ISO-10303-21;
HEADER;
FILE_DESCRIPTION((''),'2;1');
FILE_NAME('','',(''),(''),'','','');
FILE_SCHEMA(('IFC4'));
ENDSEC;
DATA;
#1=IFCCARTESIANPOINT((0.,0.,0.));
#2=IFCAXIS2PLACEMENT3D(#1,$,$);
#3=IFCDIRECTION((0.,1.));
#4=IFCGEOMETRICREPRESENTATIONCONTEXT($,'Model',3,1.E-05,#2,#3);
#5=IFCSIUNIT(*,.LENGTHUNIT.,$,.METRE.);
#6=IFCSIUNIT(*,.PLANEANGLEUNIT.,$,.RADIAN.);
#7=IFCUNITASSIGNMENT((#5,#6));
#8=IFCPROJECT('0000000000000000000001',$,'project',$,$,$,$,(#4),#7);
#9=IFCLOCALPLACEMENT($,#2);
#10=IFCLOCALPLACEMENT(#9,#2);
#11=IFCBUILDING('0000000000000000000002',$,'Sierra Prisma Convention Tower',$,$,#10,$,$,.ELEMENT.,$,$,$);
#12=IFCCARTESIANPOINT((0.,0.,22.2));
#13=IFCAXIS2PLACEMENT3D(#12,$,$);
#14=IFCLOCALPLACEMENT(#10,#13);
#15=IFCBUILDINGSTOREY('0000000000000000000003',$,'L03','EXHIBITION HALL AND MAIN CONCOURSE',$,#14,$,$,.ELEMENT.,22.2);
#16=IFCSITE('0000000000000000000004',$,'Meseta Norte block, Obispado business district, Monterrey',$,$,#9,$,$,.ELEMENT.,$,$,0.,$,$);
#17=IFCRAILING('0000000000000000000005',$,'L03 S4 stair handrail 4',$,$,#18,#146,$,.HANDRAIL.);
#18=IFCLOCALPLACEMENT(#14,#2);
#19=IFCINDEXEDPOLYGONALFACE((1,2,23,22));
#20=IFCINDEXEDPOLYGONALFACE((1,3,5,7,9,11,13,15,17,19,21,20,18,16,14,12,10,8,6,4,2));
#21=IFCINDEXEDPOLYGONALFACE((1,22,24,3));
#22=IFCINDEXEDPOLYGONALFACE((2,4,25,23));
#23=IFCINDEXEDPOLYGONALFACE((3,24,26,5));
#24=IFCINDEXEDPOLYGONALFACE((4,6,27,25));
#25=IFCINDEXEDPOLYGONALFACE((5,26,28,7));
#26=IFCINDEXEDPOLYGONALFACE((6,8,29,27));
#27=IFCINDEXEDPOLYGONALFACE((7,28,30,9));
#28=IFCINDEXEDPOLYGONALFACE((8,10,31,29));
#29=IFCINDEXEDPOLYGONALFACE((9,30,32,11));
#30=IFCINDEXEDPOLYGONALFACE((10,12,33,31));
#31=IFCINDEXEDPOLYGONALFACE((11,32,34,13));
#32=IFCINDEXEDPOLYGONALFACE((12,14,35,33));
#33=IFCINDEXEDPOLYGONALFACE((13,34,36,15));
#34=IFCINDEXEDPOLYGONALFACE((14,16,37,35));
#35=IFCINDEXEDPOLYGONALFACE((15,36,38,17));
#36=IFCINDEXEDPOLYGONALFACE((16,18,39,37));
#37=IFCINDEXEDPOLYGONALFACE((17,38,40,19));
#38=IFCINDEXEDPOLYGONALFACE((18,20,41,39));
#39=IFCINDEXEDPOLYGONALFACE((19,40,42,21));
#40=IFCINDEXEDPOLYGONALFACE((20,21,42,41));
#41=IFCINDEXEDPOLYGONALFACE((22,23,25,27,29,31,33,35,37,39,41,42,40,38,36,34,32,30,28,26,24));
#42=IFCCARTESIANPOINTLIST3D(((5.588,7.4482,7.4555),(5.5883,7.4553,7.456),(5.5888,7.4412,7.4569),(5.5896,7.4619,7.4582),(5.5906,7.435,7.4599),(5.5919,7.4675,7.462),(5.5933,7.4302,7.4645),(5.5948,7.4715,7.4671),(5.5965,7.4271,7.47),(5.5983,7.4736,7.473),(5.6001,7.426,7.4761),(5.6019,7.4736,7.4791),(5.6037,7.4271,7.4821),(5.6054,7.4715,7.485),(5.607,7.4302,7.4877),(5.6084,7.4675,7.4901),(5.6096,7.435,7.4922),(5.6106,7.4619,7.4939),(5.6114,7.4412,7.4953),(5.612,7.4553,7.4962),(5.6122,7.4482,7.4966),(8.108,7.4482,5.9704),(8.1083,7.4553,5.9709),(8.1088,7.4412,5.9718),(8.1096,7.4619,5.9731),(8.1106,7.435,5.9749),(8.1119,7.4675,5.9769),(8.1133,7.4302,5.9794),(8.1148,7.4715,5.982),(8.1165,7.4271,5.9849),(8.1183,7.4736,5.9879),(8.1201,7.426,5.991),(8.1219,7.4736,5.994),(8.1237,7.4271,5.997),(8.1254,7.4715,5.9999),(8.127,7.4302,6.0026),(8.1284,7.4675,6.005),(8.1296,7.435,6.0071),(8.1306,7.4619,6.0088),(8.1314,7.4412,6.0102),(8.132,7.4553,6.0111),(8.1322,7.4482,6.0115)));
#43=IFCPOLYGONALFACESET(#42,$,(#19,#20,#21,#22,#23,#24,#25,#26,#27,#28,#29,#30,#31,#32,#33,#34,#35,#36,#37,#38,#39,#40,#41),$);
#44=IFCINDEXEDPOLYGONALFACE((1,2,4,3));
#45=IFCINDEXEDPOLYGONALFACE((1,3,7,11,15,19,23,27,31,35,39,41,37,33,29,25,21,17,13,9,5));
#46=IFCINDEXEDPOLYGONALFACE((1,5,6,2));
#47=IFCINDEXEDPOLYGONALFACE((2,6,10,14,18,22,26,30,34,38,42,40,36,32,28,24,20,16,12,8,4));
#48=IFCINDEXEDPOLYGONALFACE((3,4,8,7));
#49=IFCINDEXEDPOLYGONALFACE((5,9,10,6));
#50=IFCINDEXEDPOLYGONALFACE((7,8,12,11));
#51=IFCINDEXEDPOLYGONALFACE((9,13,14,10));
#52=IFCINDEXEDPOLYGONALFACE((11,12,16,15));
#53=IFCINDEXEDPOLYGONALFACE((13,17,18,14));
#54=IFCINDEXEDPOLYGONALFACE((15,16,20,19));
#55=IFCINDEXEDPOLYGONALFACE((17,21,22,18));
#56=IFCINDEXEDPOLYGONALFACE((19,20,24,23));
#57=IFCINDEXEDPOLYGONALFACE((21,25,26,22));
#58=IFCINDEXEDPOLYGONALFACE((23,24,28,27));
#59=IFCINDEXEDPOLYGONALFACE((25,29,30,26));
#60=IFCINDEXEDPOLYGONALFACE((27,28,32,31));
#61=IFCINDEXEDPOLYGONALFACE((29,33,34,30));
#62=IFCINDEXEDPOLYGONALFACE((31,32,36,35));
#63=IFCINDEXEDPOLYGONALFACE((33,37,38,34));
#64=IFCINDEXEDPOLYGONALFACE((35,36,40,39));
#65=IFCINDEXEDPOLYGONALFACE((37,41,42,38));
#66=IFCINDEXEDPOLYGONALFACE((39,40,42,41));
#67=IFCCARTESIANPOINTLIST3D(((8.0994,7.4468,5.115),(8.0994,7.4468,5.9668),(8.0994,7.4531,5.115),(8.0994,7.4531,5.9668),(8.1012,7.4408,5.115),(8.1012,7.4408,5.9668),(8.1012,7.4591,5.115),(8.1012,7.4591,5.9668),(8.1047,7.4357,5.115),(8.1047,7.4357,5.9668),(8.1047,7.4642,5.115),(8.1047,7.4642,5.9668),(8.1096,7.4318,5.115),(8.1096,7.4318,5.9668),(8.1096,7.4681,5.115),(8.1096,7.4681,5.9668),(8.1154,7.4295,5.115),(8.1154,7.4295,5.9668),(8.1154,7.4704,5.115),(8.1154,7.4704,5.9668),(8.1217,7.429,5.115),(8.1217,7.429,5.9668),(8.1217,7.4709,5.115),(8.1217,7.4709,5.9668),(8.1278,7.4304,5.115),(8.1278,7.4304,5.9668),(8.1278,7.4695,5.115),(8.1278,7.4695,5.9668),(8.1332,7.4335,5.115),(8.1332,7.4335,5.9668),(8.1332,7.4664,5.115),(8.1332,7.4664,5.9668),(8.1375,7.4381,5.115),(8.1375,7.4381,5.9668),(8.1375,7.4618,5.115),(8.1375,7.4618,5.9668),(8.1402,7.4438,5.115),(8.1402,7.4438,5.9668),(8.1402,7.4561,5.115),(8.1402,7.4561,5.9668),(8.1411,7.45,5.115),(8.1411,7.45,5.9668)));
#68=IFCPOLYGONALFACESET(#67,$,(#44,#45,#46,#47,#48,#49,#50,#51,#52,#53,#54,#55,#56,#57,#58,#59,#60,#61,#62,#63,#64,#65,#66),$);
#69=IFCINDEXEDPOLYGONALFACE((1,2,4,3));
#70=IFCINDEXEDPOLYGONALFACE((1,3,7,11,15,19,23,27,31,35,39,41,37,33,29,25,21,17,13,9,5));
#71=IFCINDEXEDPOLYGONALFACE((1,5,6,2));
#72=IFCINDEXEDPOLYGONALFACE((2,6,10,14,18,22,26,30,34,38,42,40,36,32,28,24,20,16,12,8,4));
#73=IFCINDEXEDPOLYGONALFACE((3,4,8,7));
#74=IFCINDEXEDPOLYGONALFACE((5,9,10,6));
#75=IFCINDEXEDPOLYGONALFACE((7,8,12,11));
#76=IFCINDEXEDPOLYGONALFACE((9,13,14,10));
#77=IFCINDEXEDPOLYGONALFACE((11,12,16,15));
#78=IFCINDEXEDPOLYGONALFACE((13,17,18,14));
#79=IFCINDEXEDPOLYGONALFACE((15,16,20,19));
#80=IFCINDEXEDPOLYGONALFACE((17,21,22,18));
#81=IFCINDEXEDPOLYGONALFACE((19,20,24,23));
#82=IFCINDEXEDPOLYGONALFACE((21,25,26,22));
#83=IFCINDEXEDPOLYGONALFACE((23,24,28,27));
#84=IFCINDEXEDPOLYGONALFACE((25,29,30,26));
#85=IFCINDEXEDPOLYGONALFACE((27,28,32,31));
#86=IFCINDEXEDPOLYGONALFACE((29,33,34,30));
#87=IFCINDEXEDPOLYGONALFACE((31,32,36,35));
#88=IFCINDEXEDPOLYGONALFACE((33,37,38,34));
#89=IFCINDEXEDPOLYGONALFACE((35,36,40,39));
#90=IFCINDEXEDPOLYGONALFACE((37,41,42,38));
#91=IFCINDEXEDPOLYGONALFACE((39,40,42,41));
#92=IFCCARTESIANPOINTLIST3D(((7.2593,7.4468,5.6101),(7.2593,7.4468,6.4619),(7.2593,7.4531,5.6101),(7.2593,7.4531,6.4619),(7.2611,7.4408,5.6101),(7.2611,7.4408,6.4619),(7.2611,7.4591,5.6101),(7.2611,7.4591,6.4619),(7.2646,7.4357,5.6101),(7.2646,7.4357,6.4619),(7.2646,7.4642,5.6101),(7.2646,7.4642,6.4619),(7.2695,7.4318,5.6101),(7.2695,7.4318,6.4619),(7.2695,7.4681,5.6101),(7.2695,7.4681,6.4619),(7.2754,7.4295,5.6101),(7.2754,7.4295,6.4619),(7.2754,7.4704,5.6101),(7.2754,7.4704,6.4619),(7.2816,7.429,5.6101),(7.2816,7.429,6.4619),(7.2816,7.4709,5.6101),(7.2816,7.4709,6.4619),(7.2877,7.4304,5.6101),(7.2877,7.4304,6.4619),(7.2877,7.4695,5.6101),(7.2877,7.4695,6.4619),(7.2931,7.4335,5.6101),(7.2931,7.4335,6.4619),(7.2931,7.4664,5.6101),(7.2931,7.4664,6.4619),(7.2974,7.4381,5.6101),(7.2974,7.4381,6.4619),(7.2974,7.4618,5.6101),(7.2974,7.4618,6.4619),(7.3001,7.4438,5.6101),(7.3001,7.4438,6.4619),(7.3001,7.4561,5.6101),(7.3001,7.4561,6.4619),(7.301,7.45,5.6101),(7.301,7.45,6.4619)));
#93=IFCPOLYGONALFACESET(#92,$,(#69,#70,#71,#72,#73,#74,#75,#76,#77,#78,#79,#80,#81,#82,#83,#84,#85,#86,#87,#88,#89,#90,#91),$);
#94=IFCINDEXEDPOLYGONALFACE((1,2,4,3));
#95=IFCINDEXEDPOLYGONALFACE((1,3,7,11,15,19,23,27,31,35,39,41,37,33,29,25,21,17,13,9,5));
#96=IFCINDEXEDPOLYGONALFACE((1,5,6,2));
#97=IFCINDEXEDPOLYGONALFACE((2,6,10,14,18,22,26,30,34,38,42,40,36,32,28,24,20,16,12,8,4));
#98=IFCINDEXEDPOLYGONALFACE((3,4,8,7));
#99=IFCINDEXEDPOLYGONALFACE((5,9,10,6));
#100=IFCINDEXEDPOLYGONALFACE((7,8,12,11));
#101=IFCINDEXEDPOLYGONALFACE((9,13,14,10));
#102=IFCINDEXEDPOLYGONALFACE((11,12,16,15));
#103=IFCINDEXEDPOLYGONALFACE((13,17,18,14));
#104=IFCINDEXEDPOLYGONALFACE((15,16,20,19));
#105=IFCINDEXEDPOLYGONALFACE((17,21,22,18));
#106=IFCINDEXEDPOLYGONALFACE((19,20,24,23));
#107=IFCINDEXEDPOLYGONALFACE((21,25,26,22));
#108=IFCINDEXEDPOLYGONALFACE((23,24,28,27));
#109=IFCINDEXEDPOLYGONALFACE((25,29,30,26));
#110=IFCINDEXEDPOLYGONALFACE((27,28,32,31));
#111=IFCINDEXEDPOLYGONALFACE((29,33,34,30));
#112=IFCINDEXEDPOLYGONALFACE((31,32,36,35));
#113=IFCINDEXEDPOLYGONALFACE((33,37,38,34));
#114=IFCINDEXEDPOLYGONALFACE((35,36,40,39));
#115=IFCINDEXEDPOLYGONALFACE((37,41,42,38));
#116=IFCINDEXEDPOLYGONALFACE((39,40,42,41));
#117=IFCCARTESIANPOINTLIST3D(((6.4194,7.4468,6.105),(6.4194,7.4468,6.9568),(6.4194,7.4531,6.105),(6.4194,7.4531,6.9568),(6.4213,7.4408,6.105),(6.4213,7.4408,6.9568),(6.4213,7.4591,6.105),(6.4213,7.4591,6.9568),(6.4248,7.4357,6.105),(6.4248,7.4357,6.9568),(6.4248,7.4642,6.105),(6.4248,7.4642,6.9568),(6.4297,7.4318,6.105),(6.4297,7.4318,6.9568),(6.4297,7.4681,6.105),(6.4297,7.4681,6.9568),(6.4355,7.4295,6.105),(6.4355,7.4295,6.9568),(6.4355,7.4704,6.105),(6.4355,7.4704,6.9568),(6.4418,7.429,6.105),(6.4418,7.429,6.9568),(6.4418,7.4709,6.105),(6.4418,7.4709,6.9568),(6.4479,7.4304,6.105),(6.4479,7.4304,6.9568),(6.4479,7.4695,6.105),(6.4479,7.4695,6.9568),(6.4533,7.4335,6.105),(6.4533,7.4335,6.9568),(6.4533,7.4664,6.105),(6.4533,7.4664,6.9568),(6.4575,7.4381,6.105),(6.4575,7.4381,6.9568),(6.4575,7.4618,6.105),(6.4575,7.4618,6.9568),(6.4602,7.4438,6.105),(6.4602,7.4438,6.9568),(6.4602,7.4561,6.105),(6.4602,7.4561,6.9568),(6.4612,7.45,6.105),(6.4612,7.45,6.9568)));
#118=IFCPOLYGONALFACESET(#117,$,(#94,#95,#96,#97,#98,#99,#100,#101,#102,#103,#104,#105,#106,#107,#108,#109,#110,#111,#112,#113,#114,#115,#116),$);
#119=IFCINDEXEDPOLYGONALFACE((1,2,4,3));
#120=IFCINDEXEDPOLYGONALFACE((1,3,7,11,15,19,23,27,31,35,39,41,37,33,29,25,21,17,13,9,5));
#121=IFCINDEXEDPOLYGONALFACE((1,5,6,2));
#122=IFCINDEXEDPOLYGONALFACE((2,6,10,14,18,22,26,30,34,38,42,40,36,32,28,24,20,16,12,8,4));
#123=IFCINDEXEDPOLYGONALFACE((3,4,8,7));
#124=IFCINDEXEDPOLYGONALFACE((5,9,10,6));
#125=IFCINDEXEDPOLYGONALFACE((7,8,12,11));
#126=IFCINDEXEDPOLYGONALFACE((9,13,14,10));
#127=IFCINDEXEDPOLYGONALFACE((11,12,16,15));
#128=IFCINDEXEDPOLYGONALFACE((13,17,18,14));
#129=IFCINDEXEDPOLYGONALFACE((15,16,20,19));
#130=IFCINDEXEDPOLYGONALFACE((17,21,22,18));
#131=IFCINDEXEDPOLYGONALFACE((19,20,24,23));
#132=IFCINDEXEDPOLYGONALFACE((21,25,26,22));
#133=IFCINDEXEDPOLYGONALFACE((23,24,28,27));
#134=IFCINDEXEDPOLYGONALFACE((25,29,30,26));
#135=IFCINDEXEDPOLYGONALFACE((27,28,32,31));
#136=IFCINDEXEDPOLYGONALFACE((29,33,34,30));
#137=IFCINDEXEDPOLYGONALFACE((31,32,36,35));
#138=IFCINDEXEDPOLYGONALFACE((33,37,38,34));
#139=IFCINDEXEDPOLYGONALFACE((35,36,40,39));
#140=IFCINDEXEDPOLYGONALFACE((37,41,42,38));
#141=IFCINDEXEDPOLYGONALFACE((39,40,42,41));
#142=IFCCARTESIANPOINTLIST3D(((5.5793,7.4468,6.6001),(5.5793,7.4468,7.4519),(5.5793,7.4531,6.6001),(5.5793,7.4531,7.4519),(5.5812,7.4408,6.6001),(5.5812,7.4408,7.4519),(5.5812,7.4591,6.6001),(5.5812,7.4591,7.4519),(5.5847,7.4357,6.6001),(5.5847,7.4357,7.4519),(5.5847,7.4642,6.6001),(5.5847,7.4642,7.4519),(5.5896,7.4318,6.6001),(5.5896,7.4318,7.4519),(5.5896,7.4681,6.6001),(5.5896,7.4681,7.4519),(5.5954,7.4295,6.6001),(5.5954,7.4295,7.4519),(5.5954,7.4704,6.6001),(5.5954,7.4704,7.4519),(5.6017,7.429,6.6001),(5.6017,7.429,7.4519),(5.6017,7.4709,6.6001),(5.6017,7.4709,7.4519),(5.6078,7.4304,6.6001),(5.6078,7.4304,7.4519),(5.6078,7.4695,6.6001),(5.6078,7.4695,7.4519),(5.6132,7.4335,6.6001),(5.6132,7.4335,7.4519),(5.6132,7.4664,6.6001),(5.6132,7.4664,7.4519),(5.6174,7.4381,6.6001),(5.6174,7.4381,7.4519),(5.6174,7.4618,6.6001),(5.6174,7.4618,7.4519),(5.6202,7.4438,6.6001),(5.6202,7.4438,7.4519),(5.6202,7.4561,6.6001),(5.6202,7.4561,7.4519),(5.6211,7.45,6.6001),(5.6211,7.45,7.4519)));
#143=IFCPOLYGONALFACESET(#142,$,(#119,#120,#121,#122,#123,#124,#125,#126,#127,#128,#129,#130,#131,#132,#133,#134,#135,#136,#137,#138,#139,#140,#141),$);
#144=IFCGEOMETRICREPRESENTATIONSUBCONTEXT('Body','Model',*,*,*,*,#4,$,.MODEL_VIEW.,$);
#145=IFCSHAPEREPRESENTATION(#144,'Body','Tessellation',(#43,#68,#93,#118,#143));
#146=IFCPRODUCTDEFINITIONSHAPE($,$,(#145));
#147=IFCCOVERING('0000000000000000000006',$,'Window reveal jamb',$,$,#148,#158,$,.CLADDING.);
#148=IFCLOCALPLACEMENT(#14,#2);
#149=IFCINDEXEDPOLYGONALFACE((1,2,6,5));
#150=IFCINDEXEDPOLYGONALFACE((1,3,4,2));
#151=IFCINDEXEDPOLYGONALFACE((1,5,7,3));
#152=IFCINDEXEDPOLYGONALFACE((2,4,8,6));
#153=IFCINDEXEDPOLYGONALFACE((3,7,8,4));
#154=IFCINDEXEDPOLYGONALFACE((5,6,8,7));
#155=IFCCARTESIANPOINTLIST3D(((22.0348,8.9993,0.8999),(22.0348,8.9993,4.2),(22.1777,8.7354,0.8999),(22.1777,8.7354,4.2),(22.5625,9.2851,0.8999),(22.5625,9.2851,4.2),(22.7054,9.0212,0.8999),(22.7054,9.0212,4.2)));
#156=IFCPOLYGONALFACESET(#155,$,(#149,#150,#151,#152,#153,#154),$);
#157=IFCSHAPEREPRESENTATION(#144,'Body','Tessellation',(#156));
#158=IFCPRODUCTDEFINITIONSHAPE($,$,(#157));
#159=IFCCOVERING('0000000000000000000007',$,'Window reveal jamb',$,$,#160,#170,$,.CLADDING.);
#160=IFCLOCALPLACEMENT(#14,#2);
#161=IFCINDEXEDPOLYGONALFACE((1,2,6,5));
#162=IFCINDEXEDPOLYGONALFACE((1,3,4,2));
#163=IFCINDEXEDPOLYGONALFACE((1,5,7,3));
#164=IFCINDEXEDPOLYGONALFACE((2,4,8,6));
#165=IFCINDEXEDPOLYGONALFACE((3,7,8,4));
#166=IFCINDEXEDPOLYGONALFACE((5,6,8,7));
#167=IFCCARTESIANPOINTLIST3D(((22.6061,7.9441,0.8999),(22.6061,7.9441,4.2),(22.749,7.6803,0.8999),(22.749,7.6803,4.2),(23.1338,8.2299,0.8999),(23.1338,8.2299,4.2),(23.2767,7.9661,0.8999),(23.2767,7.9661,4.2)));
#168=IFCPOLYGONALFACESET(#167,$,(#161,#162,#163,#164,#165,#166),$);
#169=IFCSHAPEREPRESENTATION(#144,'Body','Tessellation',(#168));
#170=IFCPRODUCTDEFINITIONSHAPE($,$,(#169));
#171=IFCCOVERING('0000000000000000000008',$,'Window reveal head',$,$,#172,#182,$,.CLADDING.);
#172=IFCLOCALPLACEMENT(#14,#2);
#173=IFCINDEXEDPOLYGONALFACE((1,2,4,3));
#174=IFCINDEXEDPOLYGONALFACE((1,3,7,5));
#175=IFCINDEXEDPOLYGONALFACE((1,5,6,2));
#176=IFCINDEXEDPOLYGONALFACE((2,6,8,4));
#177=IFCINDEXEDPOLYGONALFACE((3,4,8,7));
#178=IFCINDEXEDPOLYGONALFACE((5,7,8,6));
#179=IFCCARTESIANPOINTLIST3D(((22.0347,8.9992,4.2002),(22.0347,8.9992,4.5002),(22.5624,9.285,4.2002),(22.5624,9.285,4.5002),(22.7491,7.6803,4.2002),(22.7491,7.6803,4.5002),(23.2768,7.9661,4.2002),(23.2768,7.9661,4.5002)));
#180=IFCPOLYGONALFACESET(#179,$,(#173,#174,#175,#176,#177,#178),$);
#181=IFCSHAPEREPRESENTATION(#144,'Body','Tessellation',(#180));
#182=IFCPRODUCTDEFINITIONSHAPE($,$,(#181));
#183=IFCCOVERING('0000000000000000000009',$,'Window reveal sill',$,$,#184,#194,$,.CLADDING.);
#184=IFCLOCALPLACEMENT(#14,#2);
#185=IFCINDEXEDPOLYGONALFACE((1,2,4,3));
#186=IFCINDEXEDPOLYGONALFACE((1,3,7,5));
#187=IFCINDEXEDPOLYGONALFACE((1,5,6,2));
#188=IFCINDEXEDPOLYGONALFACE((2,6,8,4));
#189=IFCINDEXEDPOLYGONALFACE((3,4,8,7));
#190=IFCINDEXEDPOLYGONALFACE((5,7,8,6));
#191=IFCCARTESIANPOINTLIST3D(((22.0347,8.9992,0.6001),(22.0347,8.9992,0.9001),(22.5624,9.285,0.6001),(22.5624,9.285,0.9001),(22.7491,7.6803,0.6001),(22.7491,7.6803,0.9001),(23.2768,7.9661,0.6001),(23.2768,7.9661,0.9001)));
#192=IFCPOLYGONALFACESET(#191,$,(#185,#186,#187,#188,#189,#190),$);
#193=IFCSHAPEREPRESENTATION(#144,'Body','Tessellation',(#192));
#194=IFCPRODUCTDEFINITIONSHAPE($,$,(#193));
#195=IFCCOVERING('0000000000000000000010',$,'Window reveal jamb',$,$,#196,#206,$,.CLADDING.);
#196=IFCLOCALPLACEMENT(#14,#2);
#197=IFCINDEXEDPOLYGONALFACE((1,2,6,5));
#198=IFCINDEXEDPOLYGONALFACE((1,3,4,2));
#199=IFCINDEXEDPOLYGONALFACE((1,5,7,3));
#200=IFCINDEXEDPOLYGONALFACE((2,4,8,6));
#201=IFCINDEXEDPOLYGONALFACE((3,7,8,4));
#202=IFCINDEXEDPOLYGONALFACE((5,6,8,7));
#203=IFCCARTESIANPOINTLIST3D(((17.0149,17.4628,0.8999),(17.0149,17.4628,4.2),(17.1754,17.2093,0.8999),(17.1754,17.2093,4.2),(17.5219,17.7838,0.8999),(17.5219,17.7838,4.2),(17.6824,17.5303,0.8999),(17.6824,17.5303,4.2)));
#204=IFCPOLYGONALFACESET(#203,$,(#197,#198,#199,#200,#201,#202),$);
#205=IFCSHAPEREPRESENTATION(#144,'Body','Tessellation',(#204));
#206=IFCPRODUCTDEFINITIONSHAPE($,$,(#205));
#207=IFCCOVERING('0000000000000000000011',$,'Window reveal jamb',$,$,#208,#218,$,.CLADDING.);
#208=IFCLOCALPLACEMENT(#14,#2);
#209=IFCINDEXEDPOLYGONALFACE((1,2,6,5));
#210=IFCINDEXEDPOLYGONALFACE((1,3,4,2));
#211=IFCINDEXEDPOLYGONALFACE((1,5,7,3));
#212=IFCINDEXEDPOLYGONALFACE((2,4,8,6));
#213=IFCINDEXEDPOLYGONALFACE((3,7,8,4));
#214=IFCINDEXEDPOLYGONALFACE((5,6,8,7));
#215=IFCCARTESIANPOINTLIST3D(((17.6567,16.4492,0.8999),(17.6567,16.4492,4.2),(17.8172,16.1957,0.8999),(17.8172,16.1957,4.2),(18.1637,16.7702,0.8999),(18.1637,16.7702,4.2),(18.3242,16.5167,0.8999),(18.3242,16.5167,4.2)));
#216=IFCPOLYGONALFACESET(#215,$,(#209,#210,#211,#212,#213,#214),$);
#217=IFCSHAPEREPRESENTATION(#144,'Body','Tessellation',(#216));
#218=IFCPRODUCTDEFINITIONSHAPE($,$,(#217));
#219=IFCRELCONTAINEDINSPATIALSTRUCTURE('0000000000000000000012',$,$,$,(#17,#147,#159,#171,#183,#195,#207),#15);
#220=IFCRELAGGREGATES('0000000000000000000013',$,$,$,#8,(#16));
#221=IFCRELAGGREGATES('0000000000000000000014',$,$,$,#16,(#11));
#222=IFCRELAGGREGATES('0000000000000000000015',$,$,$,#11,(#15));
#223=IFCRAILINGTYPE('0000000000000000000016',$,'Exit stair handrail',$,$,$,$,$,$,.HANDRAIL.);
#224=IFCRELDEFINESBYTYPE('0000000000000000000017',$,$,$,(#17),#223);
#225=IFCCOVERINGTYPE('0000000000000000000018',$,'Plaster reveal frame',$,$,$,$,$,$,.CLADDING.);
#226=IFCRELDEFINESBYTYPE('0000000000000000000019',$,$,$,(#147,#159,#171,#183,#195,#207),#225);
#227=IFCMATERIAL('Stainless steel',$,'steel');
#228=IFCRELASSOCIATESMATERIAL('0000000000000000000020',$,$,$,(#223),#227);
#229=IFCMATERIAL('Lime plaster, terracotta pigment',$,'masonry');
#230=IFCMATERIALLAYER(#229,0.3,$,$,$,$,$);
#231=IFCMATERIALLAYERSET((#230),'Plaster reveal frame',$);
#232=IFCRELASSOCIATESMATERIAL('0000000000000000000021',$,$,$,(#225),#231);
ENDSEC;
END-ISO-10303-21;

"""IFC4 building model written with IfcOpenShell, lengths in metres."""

from ifc_helpers import new_model, si_unit, direction, frame, origin, origin_2d, place, context, subcontext, project, spatial, rectangle, circle, extrude, material, layer, layer_set, type_object, element, save


model = new_model("IFC4")

# Units and contexts
model_context = context("Model", 3, precision=1e-05, world=origin(), true_north=direction((0.0, 1.0)))
body_context = subcontext(model_context, "Body", "Model", "MODEL_VIEW")
ifc_project = project(units=[si_unit("LENGTHUNIT", "METRE"), si_unit("PLANEANGLEUNIT", "RADIAN")], contexts=[model_context])

# Site, building, storey
site_placement = place(None, origin())
site = spatial("IfcSite", under=ifc_project, at=site_placement, Name="Meseta Norte block, Obispado business district, Monterrey", CompositionType="ELEMENT", RefElevation=0.0)
building_placement = place(site_placement, origin())
building = spatial("IfcBuilding", under=site, at=building_placement, Name="Sierra Prisma Convention Tower", CompositionType="ELEMENT")
storey_placement = place(building_placement, frame((0.0, 0.0, 22.2)))
storey = spatial("IfcBuildingStorey", under=building, at=storey_placement, Name="L03", Description="EXHIBITION HALL AND MAIN CONCOURSE", CompositionType="ELEMENT", Elevation=22.2)

# Railing
ifc_material_1 = material(Name="Stainless steel", Category="steel")
railing_type = type_object("IfcRailingType", Name="Exit stair handrail", PredefinedType="HANDRAIL", material=ifc_material_1)
for number, where, name in (
    (1, (8.1201, 7.45, 5.115), "L03 S4 stair handrail 4"),
):
    element("IfcRailing", number, at=place(storey_placement, frame(where)), inside=storey, type_object=railing_type, Name=name, PredefinedType="HANDRAIL", context=body_context, shape_type="SweptSolid", body=[
        extrude(circle(Radius=0.0239, at=origin_2d()), frame((0.0, 0.0, 0.876), z_axis=(-0.861524, 0.0, 0.507717), x_axis=(0.0, -1.0, 0.0)), (0.0, 0.0, 1.0), 2.925),
        extrude(circle(Radius=0.021, at=origin_2d()), origin(), (0.0, 0.0, 1.0), 0.8518),
        extrude(circle(Radius=0.021, at=origin_2d()), frame((-0.8401, 0.0, 0.4951)), (0.0, 0.0, 1.0), 0.8518),
        extrude(circle(Radius=0.021, at=origin_2d()), frame((-1.6799, 0.0, 0.99)), (0.0, 0.0, 1.0), 0.8518),
        extrude(circle(Radius=0.021, at=origin_2d()), frame((-2.52, 0.0, 1.4851)), (0.0, 0.0, 1.0), 0.8518),
    ])

# Coverings
ifc_material_2 = material(Name="Lime plaster, terracotta pigment", Category="masonry")
ifc_layer_1 = layer(ifc_material_2, 0.3)
ifc_layer_set_1 = layer_set([ifc_layer_1], Name="Plaster reveal frame")
covering_type = type_object("IfcCoveringType", Name="Plaster reveal frame", PredefinedType="CLADDING", material=ifc_layer_set_1)
for number, where, z_axis, x_axis, name in (
    (2, (22.3701, 9.0103, 0.8999), (0.0, 0.0, 1.0), (0.476257, -0.879306, 0.0), "Window reveal jamb"),
    (3, (22.9414, 7.9551, 0.8999), (0.0, 0.0, 1.0), (0.476257, -0.879306, 0.0), "Window reveal jamb"),
):
    element("IfcCovering", number, at=place(storey_placement, frame(where, z_axis=z_axis, x_axis=x_axis)), inside=storey, type_object=covering_type, Name=name, PredefinedType="CLADDING", context=body_context, shape_type="SweptSolid", body=[
        extrude(rectangle(XDim=0.3, YDim=0.6001, at=origin_2d()), origin(), (0.0, 0.0, 1.0), 3.3),
    ])
for number, where, z_axis, x_axis, name in (
    (4, (22.6558, 8.4827, 4.2002), (0.0, 0.0, 1.0), (0.476257, -0.879306, 0.0), "Window reveal head"),
    (5, (22.6558, 8.4827, 0.6001), (0.0, 0.0, 1.0), (0.476257, -0.879306, 0.0), "Window reveal sill"),
):
    element("IfcCovering", number, at=place(storey_placement, frame(where, z_axis=z_axis, x_axis=x_axis)), inside=storey, type_object=covering_type, Name=name, PredefinedType="CLADDING", context=body_context, shape_type="SweptSolid", body=[
        extrude(rectangle(XDim=1.5, YDim=0.6001, at=origin_2d()), origin(), (0.0, 0.0, 1.0), 0.3),
    ])
for number, where, z_axis, x_axis, name in (
    (6, (17.3486, 17.4966, 0.8999), (0.0, 0.0, 1.0), (0.534914, -0.844906, 0.0), "Window reveal jamb"),
    (7, (17.9905, 16.4829, 0.8999), (0.0, 0.0, 1.0), (0.534914, -0.844906, 0.0), "Window reveal jamb"),
):
    element("IfcCovering", number, at=place(storey_placement, frame(where, z_axis=z_axis, x_axis=x_axis)), inside=storey, type_object=covering_type, Name=name, PredefinedType="CLADDING", context=body_context, shape_type="SweptSolid", body=[
        extrude(rectangle(XDim=0.3, YDim=0.6001, at=origin_2d()), origin(), (0.0, 0.0, 1.0), 3.3),
    ])

save(model, "model.ifc")
